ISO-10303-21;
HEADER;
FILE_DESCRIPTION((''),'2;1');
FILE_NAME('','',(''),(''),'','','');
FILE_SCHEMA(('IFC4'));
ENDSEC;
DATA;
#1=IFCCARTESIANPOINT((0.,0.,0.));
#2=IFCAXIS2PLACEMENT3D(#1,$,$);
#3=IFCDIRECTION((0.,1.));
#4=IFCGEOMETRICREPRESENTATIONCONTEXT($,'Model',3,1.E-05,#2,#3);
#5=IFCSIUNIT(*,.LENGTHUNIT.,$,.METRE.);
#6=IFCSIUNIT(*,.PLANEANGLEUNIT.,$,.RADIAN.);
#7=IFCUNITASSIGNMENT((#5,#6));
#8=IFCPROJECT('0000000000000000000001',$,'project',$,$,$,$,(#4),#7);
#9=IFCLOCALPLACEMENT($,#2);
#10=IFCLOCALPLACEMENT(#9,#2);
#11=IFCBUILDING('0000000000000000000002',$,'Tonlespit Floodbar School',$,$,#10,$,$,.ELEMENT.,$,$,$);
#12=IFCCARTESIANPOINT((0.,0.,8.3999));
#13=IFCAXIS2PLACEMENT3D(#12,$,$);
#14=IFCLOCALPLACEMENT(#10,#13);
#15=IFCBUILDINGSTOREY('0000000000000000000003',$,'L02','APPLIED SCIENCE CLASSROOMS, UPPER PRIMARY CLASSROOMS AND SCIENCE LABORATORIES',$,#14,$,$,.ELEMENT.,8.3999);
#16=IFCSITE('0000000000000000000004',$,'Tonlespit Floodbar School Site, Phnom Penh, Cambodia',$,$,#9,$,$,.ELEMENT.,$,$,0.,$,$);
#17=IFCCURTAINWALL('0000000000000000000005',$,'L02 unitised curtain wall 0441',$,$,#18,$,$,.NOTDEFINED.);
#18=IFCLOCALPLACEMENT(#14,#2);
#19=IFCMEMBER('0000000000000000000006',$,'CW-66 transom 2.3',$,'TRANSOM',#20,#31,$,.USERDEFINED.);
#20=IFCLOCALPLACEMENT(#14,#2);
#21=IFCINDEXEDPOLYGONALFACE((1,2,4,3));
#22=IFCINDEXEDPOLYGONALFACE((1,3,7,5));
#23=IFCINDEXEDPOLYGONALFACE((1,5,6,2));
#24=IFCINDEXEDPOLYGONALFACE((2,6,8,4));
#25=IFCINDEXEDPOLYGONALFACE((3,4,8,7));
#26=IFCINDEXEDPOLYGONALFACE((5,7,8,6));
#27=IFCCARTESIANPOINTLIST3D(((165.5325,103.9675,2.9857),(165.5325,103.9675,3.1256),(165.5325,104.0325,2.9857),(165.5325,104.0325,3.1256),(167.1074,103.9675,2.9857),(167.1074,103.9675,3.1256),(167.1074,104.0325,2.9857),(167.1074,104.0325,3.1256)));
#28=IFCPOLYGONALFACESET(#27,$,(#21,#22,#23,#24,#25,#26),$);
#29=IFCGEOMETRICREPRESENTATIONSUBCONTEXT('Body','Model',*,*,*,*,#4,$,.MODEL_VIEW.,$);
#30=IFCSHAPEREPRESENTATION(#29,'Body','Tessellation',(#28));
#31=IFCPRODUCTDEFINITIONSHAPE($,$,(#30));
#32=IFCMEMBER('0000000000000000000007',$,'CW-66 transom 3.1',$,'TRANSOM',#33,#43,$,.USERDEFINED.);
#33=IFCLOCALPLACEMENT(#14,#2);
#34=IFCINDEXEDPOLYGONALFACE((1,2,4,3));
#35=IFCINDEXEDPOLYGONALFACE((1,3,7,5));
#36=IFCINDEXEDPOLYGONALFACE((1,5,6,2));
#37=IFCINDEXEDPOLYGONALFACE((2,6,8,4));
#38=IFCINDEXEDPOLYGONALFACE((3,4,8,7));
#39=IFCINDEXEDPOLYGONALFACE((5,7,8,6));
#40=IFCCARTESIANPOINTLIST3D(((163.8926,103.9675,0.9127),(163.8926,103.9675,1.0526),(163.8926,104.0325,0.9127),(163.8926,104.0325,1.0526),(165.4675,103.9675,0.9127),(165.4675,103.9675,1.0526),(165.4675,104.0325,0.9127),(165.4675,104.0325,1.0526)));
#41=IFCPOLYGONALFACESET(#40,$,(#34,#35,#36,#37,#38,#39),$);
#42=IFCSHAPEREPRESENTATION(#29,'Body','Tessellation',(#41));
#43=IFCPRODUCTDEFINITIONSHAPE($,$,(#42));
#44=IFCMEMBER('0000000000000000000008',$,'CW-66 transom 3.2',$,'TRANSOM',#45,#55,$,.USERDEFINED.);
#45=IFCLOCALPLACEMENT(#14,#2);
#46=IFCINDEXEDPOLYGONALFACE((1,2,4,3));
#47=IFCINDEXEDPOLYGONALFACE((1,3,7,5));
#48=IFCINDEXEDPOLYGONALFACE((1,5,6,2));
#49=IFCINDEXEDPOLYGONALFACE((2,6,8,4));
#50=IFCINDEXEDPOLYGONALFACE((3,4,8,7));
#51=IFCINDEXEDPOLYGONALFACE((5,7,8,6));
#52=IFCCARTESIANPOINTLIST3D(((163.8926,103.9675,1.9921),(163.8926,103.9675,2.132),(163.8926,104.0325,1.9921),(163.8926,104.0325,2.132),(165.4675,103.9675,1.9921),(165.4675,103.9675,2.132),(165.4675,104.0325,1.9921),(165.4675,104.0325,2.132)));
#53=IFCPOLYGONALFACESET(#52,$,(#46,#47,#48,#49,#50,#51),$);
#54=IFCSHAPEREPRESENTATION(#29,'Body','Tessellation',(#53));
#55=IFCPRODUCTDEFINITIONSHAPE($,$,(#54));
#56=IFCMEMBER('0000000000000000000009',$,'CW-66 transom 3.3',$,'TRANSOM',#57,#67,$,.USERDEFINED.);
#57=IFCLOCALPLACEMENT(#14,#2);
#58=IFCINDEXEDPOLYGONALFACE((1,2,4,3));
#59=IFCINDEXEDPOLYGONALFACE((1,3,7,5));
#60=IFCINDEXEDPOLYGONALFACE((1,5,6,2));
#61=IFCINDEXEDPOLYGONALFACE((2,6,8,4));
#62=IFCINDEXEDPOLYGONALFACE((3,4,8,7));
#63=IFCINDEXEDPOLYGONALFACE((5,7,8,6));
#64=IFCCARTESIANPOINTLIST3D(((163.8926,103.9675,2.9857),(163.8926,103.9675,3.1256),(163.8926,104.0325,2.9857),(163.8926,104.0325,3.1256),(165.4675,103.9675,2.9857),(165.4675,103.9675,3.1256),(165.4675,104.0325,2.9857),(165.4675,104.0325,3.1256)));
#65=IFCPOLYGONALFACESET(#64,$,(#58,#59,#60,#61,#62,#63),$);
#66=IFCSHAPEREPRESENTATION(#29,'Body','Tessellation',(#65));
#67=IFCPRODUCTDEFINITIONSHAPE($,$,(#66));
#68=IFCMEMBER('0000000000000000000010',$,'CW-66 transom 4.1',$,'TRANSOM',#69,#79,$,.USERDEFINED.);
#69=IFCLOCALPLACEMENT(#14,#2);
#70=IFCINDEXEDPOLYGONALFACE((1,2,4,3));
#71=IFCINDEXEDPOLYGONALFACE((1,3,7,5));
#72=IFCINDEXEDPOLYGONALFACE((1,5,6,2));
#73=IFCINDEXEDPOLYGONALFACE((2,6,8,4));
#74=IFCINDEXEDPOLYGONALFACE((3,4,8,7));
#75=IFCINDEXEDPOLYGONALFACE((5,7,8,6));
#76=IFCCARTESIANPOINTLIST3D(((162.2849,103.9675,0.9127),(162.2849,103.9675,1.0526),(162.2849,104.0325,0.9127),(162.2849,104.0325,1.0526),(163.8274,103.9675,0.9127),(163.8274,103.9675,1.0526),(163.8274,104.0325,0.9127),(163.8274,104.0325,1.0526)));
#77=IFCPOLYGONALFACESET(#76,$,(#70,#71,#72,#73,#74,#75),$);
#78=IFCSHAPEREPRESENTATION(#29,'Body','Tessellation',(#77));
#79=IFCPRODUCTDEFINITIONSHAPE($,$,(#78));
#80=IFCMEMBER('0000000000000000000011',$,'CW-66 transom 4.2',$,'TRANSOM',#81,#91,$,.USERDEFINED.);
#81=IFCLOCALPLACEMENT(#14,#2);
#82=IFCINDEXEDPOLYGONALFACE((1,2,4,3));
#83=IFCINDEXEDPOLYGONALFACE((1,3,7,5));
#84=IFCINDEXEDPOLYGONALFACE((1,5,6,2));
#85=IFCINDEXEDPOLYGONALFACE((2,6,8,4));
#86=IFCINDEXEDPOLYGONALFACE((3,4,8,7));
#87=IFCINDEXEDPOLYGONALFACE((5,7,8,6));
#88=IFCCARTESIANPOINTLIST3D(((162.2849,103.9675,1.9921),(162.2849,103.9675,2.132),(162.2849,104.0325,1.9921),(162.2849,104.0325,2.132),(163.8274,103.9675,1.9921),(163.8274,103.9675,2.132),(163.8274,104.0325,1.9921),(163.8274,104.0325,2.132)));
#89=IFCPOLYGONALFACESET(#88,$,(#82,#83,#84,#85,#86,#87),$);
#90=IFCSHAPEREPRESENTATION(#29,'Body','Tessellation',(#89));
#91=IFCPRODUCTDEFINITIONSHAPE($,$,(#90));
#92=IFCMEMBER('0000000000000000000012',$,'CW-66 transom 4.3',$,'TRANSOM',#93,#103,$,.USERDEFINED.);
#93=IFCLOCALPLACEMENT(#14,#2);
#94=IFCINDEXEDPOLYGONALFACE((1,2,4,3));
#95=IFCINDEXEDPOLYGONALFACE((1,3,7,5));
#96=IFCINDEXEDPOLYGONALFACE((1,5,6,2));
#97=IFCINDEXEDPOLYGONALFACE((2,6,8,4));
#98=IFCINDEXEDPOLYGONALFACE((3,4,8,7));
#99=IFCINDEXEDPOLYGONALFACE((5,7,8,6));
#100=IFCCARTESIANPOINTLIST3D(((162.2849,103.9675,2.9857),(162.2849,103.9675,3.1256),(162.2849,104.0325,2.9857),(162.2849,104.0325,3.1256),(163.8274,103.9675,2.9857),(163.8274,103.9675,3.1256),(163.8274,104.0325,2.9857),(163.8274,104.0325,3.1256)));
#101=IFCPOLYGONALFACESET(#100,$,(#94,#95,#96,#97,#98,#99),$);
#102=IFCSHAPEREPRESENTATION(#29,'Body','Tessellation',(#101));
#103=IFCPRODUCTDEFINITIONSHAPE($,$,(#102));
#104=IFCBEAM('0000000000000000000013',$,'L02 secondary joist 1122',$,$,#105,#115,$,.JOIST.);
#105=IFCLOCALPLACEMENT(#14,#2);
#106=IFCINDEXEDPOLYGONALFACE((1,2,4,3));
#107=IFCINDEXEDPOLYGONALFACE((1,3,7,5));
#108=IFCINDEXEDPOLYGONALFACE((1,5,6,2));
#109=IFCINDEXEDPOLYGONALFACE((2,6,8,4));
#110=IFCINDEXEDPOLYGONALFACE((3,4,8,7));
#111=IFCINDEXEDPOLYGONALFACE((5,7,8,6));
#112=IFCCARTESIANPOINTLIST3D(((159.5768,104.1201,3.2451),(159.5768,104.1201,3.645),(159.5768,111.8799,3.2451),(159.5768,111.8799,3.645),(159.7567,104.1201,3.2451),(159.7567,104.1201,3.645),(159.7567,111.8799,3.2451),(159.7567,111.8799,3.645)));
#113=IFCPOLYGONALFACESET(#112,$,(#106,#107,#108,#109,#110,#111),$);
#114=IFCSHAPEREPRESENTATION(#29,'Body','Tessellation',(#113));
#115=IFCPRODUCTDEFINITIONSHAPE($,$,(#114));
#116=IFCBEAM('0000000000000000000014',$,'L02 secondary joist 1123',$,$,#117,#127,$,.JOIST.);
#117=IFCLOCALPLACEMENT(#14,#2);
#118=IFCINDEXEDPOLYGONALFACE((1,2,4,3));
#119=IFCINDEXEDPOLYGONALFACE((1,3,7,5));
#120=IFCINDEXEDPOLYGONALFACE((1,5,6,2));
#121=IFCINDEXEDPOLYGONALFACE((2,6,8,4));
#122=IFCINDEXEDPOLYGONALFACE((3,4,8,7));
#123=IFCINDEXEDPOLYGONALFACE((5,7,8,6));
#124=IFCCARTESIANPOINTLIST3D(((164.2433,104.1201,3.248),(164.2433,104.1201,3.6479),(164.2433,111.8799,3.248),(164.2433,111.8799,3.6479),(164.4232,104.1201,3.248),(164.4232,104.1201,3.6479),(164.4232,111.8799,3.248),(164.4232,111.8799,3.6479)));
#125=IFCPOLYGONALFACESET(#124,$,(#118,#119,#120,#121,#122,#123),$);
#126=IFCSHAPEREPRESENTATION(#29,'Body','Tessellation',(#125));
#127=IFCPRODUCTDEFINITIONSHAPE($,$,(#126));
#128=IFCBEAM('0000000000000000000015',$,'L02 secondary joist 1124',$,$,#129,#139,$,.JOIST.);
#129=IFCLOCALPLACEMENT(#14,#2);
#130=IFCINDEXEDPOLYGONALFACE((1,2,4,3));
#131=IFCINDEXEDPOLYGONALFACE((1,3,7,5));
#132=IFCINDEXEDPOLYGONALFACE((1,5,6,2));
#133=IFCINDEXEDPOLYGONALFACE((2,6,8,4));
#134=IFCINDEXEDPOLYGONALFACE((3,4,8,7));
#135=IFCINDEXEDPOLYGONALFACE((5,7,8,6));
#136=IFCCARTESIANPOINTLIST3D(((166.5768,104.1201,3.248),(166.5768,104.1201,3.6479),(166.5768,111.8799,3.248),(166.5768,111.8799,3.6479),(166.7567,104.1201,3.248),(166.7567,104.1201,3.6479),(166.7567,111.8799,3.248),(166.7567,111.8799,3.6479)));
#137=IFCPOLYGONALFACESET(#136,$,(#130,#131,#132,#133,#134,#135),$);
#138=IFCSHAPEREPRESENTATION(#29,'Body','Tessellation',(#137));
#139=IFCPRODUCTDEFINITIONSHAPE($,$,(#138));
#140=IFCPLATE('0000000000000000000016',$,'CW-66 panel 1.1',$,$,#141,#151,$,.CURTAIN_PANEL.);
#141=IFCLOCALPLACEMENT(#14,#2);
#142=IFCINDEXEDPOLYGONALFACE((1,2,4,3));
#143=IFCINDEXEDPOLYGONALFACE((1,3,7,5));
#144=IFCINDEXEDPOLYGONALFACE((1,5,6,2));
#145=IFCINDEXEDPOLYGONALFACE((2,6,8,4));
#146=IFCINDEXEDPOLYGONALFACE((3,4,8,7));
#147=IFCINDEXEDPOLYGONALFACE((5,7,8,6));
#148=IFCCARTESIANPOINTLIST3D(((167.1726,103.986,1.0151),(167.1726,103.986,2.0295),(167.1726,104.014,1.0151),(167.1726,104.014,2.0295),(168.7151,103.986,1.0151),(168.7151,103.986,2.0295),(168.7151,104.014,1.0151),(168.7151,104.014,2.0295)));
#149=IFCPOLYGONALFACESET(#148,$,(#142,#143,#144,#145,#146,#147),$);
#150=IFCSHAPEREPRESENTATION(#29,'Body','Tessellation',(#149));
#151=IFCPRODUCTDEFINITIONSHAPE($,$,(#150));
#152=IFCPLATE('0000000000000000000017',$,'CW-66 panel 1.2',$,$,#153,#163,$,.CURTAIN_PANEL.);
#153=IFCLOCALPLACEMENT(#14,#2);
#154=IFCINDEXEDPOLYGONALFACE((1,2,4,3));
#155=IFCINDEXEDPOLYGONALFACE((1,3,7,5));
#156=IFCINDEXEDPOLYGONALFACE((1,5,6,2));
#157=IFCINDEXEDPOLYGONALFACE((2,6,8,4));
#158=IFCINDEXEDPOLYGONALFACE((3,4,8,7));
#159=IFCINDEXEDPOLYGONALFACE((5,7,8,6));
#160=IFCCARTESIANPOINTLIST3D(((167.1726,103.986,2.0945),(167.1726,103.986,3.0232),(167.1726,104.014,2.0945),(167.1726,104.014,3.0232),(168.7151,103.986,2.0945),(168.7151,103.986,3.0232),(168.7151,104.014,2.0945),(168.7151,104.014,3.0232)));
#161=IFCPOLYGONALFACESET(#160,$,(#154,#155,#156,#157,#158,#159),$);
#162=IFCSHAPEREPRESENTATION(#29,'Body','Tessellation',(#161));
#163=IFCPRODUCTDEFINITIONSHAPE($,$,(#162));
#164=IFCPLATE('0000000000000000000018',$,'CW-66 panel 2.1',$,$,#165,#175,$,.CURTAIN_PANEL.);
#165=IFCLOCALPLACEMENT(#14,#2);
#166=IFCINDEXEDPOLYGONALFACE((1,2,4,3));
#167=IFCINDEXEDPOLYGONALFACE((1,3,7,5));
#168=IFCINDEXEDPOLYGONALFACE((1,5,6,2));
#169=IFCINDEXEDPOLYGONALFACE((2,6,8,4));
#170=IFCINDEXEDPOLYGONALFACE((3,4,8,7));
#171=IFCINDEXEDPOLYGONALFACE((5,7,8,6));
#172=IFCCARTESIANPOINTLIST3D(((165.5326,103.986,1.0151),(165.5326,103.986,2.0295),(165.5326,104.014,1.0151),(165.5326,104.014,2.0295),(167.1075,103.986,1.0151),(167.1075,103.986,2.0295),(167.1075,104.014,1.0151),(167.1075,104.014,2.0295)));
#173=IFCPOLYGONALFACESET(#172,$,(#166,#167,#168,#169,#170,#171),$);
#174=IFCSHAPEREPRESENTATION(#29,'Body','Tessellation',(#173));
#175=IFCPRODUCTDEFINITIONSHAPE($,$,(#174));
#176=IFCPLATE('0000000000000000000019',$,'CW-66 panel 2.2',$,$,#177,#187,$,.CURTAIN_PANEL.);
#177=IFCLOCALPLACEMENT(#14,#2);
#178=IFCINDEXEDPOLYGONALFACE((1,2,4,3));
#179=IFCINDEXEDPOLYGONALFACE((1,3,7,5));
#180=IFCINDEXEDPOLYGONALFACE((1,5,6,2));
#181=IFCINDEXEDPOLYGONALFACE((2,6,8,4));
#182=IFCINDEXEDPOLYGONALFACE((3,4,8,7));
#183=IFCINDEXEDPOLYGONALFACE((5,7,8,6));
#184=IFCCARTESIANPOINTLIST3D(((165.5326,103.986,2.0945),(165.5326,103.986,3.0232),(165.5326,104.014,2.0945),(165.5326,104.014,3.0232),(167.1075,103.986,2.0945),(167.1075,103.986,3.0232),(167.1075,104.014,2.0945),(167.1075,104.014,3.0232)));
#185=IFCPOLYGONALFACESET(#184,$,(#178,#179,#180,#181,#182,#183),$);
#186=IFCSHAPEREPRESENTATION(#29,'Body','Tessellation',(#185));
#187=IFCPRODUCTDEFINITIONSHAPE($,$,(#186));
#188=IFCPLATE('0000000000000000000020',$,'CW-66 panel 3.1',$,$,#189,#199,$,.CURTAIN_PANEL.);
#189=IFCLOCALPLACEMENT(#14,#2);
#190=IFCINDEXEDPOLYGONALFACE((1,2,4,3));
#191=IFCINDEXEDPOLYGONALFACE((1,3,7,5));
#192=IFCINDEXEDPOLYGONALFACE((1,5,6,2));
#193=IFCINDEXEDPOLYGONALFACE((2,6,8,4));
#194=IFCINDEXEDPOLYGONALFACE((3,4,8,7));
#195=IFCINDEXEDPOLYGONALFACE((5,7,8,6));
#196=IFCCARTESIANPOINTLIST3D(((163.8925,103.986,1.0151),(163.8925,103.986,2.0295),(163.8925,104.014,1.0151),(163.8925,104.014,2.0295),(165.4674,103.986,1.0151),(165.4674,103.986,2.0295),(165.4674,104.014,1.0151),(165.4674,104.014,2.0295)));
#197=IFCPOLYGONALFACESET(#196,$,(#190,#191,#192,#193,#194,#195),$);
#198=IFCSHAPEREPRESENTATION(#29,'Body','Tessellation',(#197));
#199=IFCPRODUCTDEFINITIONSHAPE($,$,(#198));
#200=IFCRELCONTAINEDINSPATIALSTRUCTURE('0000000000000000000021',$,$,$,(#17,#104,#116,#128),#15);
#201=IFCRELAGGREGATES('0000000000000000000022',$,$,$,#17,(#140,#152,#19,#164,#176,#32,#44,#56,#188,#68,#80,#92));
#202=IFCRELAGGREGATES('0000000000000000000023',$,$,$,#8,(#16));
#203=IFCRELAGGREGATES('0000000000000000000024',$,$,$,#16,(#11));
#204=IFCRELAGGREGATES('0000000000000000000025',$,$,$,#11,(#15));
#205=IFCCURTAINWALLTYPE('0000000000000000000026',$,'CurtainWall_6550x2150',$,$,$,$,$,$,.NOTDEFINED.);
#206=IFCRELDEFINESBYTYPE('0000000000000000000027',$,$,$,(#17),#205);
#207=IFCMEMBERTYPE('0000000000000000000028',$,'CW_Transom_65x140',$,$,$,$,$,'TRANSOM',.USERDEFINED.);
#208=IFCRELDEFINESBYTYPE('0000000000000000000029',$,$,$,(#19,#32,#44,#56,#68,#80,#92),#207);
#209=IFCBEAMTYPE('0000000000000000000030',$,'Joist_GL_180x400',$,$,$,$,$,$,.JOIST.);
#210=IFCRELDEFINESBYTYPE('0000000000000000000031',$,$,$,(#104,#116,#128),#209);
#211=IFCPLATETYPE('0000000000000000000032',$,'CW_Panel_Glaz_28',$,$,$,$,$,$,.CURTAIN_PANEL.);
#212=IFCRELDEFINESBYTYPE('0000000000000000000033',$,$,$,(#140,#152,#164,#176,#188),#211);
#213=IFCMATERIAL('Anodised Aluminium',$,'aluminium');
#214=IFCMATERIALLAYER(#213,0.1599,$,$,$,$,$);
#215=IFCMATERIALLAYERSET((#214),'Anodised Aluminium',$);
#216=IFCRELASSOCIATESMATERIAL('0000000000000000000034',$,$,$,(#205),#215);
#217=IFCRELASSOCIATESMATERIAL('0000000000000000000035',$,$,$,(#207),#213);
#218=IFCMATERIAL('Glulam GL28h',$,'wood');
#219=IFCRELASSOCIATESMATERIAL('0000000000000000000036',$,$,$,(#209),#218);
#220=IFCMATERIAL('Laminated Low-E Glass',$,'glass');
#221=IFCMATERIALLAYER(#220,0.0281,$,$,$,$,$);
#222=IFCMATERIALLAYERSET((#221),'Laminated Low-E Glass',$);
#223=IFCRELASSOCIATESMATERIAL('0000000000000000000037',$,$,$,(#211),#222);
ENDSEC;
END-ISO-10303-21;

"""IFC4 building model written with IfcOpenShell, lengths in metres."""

from ifc_helpers import new_model, si_unit, direction, frame, origin, origin_2d, place, context, subcontext, project, spatial, rectangle, extrude, material, layer, layer_set, material_profile, profile_set, type_object, element, aggregate, save


model = new_model("IFC4")

# Units and contexts
model_context = context("Model", 3, precision=1e-05, world=origin(), true_north=direction((0.0, 1.0)))
body_context = subcontext(model_context, "Body", "Model", "MODEL_VIEW")
ifc_project = project(units=[si_unit("LENGTHUNIT", "METRE"), si_unit("PLANEANGLEUNIT", "RADIAN")], contexts=[model_context])

# Site, building, storey
site_placement = place(None, origin())
site = spatial("IfcSite", under=ifc_project, at=site_placement, Name="Tonlespit Floodbar School Site, Phnom Penh, Cambodia", CompositionType="ELEMENT", RefElevation=0.0)
building_placement = place(site_placement, origin())
building = spatial("IfcBuilding", under=site, at=building_placement, Name="Tonlespit Floodbar School", CompositionType="ELEMENT")
storey_placement = place(building_placement, frame((0.0, 0.0, 8.3999)))
storey = spatial("IfcBuildingStorey", under=building, at=storey_placement, Name="L02", Description="APPLIED SCIENCE CLASSROOMS, UPPER PRIMARY CLASSROOMS AND SCIENCE LABORATORIES", CompositionType="ELEMENT", Elevation=8.3999)

# Shared definitions
ifc_material_1 = material(Name="Glulam GL28h", Category="wood")

# Curtain wall, members
ifc_material_2 = material(Name="Anodised Aluminium", Category="aluminium")
ifc_layer_1 = layer(ifc_material_2, 0.1599)
ifc_layer_set_1 = layer_set([ifc_layer_1], Name="Anodised Aluminium")
curtain_wall_type = type_object("IfcCurtainWallType", Name="CurtainWall_6550x2150", PredefinedType="NOTDEFINED", material=ifc_layer_set_1)
curtain_wall_placement = place(storey_placement, origin())
curtain_wall = element("IfcCurtainWall", 1, at=curtain_wall_placement, inside=storey, type_object=curtain_wall_type, Name="L02 unitised curtain wall 0441", PredefinedType="NOTDEFINED")
ifc_material_profile_1 = material_profile(ifc_material_2, rectangle(XDim=0.0649, YDim=0.1399, at=origin_2d()), Name="ALU T65x140")
ifc_profile_set_1 = profile_set([ifc_material_profile_1], Name="Anodised Aluminium")
member_type_1 = type_object("IfcMemberType", Name="CW_Transom_65x140", ElementType="TRANSOM", PredefinedType="USERDEFINED", material=ifc_profile_set_1)
member_1_placement = place(storey_placement, frame((167.1074, 104.0, 3.0557), z_axis=(-1.0, 0.0, 0.0), x_axis=(0.0, -1.0, 0.0)))
member_1 = element("IfcMember", 2, at=member_1_placement, type_object=member_type_1, Name="CW-66 transom 2.3", ObjectType="TRANSOM", PredefinedType="USERDEFINED", context=body_context, shape_type="SweptSolid", body=[
    extrude(rectangle(XDim=0.0649, YDim=0.1399, at=origin_2d()), origin(), (0.0, 0.0, 1.0), 1.575),
])
member_2_placement = place(storey_placement, frame((165.4675, 104.0, 0.9827), z_axis=(-1.0, 0.0, 0.0), x_axis=(0.0, -1.0, 0.0)))
member_2 = element("IfcMember", 3, at=member_2_placement, type_object=member_type_1, Name="CW-66 transom 3.1", ObjectType="TRANSOM", PredefinedType="USERDEFINED", context=body_context, shape_type="SweptSolid", body=[
    extrude(rectangle(XDim=0.0649, YDim=0.1399, at=origin_2d()), origin(), (0.0, 0.0, 1.0), 1.575),
])
member_3_placement = place(storey_placement, frame((165.4675, 104.0, 2.062), z_axis=(-1.0, 0.0, 0.0), x_axis=(0.0, -1.0, 0.0)))
member_3 = element("IfcMember", 4, at=member_3_placement, type_object=member_type_1, Name="CW-66 transom 3.2", ObjectType="TRANSOM", PredefinedType="USERDEFINED", context=body_context, shape_type="SweptSolid", body=[
    extrude(rectangle(XDim=0.0649, YDim=0.1399, at=origin_2d()), origin(), (0.0, 0.0, 1.0), 1.575),
])
member_4_placement = place(storey_placement, frame((165.4675, 104.0, 3.0557), z_axis=(-1.0, 0.0, 0.0), x_axis=(0.0, -1.0, 0.0)))
member_4 = element("IfcMember", 5, at=member_4_placement, type_object=member_type_1, Name="CW-66 transom 3.3", ObjectType="TRANSOM", PredefinedType="USERDEFINED", context=body_context, shape_type="SweptSolid", body=[
    extrude(rectangle(XDim=0.0649, YDim=0.1399, at=origin_2d()), origin(), (0.0, 0.0, 1.0), 1.575),
])
member_5_placement = place(storey_placement, frame((163.8274, 104.0, 0.9827), z_axis=(-1.0, 0.0, 0.0), x_axis=(0.0, -1.0, 0.0)))
member_5 = element("IfcMember", 6, at=member_5_placement, type_object=member_type_1, Name="CW-66 transom 4.1", ObjectType="TRANSOM", PredefinedType="USERDEFINED", context=body_context, shape_type="SweptSolid", body=[
    extrude(rectangle(XDim=0.0649, YDim=0.1399, at=origin_2d()), origin(), (0.0, 0.0, 1.0), 1.5425),
])
member_6_placement = place(storey_placement, frame((163.8274, 104.0, 2.062), z_axis=(-1.0, 0.0, 0.0), x_axis=(0.0, -1.0, 0.0)))
member_6 = element("IfcMember", 7, at=member_6_placement, type_object=member_type_1, Name="CW-66 transom 4.2", ObjectType="TRANSOM", PredefinedType="USERDEFINED", context=body_context, shape_type="SweptSolid", body=[
    extrude(rectangle(XDim=0.0649, YDim=0.1399, at=origin_2d()), origin(), (0.0, 0.0, 1.0), 1.5425),
])
member_7_placement = place(storey_placement, frame((163.8274, 104.0, 3.0557), z_axis=(-1.0, 0.0, 0.0), x_axis=(0.0, -1.0, 0.0)))
member_7 = element("IfcMember", 8, at=member_7_placement, type_object=member_type_1, Name="CW-66 transom 4.3", ObjectType="TRANSOM", PredefinedType="USERDEFINED", context=body_context, shape_type="SweptSolid", body=[
    extrude(rectangle(XDim=0.0649, YDim=0.1399, at=origin_2d()), origin(), (0.0, 0.0, 1.0), 1.5425),
])

# Beams
ifc_material_profile_2 = material_profile(ifc_material_1, rectangle(XDim=0.1799, YDim=0.3999, at=origin_2d()), Name="GL 180x400")
ifc_profile_set_2 = profile_set([ifc_material_profile_2], Name="Glulam GL28h")
beam_type_1 = type_object("IfcBeamType", Name="Joist_GL_180x400", PredefinedType="JOIST", material=ifc_profile_set_2)
for number, where, z_axis, x_axis, name in (
    (9, (159.6667, 104.1201, 3.4451), (0.0, 1.0, 0.0), (-1.0, 0.0, 0.0), "L02 secondary joist 1122"),
    (10, (164.3333, 104.1201, 3.448), (0.0, 1.0, 0.0), (-1.0, 0.0, 0.0), "L02 secondary joist 1123"),
    (11, (166.6667, 104.1201, 3.448), (0.0, 1.0, 0.0), (-1.0, 0.0, 0.0), "L02 secondary joist 1124"),
):
    element("IfcBeam", number, at=place(storey_placement, frame(where, z_axis=z_axis, x_axis=x_axis)), inside=storey, type_object=beam_type_1, Name=name, PredefinedType="JOIST", context=body_context, shape_type="SweptSolid", body=[
        extrude(rectangle(XDim=0.1799, YDim=0.3999, at=origin_2d()), origin(), (0.0, 0.0, 1.0), 7.7598),
    ])

# Plates
ifc_material_3 = material(Name="Laminated Low-E Glass", Category="glass")
ifc_layer_2 = layer(ifc_material_3, 0.0281)
ifc_layer_set_2 = layer_set([ifc_layer_2], Name="Laminated Low-E Glass")
plate_type = type_object("IfcPlateType", Name="CW_Panel_Glaz_28", PredefinedType="CURTAIN_PANEL", material=ifc_layer_set_2)
plate_1_placement = place(storey_placement, frame((167.9438, 104.0, 1.0151), z_axis=(0.0, 0.0, 1.0), x_axis=(-1.0, 0.0, 0.0)))
plate_1 = element("IfcPlate", 12, at=plate_1_placement, type_object=plate_type, Name="CW-66 panel 1.1", PredefinedType="CURTAIN_PANEL", context=body_context, shape_type="SweptSolid", body=[
    extrude(rectangle(XDim=1.5425, YDim=0.0281, at=origin_2d()), origin(), (0.0, 0.0, 1.0), 1.0144),
])
plate_2_placement = place(storey_placement, frame((167.9438, 104.0, 2.0945), z_axis=(0.0, 0.0, 1.0), x_axis=(-1.0, 0.0, 0.0)))
plate_2 = element("IfcPlate", 13, at=plate_2_placement, type_object=plate_type, Name="CW-66 panel 1.2", PredefinedType="CURTAIN_PANEL", context=body_context, shape_type="SweptSolid", body=[
    extrude(rectangle(XDim=1.5425, YDim=0.0281, at=origin_2d()), origin(), (0.0, 0.0, 1.0), 0.9287),
])
plate_3_placement = place(storey_placement, frame((166.3201, 104.0, 1.0151), z_axis=(0.0, 0.0, 1.0), x_axis=(-1.0, 0.0, 0.0)))
plate_3 = element("IfcPlate", 14, at=plate_3_placement, type_object=plate_type, Name="CW-66 panel 2.1", PredefinedType="CURTAIN_PANEL", context=body_context, shape_type="SweptSolid", body=[
    extrude(rectangle(XDim=1.575, YDim=0.0281, at=origin_2d()), origin(), (0.0, 0.0, 1.0), 1.0144),
])
plate_4_placement = place(storey_placement, frame((166.3201, 104.0, 2.0945), z_axis=(0.0, 0.0, 1.0), x_axis=(-1.0, 0.0, 0.0)))
plate_4 = element("IfcPlate", 15, at=plate_4_placement, type_object=plate_type, Name="CW-66 panel 2.2", PredefinedType="CURTAIN_PANEL", context=body_context, shape_type="SweptSolid", body=[
    extrude(rectangle(XDim=1.575, YDim=0.0281, at=origin_2d()), origin(), (0.0, 0.0, 1.0), 0.9287),
])
plate_5_placement = place(storey_placement, frame((164.6799, 104.0, 1.0151), z_axis=(0.0, 0.0, 1.0), x_axis=(-1.0, 0.0, 0.0)))
plate_5 = element("IfcPlate", 16, at=plate_5_placement, type_object=plate_type, Name="CW-66 panel 3.1", PredefinedType="CURTAIN_PANEL", context=body_context, shape_type="SweptSolid", body=[
    extrude(rectangle(XDim=1.575, YDim=0.0281, at=origin_2d()), origin(), (0.0, 0.0, 1.0), 1.0144),
])
aggregate(curtain_wall, [plate_1, plate_2, member_1, plate_3, plate_4, member_2, member_3, member_4, plate_5, member_5, member_6, member_7])

save(model, "model.ifc")
